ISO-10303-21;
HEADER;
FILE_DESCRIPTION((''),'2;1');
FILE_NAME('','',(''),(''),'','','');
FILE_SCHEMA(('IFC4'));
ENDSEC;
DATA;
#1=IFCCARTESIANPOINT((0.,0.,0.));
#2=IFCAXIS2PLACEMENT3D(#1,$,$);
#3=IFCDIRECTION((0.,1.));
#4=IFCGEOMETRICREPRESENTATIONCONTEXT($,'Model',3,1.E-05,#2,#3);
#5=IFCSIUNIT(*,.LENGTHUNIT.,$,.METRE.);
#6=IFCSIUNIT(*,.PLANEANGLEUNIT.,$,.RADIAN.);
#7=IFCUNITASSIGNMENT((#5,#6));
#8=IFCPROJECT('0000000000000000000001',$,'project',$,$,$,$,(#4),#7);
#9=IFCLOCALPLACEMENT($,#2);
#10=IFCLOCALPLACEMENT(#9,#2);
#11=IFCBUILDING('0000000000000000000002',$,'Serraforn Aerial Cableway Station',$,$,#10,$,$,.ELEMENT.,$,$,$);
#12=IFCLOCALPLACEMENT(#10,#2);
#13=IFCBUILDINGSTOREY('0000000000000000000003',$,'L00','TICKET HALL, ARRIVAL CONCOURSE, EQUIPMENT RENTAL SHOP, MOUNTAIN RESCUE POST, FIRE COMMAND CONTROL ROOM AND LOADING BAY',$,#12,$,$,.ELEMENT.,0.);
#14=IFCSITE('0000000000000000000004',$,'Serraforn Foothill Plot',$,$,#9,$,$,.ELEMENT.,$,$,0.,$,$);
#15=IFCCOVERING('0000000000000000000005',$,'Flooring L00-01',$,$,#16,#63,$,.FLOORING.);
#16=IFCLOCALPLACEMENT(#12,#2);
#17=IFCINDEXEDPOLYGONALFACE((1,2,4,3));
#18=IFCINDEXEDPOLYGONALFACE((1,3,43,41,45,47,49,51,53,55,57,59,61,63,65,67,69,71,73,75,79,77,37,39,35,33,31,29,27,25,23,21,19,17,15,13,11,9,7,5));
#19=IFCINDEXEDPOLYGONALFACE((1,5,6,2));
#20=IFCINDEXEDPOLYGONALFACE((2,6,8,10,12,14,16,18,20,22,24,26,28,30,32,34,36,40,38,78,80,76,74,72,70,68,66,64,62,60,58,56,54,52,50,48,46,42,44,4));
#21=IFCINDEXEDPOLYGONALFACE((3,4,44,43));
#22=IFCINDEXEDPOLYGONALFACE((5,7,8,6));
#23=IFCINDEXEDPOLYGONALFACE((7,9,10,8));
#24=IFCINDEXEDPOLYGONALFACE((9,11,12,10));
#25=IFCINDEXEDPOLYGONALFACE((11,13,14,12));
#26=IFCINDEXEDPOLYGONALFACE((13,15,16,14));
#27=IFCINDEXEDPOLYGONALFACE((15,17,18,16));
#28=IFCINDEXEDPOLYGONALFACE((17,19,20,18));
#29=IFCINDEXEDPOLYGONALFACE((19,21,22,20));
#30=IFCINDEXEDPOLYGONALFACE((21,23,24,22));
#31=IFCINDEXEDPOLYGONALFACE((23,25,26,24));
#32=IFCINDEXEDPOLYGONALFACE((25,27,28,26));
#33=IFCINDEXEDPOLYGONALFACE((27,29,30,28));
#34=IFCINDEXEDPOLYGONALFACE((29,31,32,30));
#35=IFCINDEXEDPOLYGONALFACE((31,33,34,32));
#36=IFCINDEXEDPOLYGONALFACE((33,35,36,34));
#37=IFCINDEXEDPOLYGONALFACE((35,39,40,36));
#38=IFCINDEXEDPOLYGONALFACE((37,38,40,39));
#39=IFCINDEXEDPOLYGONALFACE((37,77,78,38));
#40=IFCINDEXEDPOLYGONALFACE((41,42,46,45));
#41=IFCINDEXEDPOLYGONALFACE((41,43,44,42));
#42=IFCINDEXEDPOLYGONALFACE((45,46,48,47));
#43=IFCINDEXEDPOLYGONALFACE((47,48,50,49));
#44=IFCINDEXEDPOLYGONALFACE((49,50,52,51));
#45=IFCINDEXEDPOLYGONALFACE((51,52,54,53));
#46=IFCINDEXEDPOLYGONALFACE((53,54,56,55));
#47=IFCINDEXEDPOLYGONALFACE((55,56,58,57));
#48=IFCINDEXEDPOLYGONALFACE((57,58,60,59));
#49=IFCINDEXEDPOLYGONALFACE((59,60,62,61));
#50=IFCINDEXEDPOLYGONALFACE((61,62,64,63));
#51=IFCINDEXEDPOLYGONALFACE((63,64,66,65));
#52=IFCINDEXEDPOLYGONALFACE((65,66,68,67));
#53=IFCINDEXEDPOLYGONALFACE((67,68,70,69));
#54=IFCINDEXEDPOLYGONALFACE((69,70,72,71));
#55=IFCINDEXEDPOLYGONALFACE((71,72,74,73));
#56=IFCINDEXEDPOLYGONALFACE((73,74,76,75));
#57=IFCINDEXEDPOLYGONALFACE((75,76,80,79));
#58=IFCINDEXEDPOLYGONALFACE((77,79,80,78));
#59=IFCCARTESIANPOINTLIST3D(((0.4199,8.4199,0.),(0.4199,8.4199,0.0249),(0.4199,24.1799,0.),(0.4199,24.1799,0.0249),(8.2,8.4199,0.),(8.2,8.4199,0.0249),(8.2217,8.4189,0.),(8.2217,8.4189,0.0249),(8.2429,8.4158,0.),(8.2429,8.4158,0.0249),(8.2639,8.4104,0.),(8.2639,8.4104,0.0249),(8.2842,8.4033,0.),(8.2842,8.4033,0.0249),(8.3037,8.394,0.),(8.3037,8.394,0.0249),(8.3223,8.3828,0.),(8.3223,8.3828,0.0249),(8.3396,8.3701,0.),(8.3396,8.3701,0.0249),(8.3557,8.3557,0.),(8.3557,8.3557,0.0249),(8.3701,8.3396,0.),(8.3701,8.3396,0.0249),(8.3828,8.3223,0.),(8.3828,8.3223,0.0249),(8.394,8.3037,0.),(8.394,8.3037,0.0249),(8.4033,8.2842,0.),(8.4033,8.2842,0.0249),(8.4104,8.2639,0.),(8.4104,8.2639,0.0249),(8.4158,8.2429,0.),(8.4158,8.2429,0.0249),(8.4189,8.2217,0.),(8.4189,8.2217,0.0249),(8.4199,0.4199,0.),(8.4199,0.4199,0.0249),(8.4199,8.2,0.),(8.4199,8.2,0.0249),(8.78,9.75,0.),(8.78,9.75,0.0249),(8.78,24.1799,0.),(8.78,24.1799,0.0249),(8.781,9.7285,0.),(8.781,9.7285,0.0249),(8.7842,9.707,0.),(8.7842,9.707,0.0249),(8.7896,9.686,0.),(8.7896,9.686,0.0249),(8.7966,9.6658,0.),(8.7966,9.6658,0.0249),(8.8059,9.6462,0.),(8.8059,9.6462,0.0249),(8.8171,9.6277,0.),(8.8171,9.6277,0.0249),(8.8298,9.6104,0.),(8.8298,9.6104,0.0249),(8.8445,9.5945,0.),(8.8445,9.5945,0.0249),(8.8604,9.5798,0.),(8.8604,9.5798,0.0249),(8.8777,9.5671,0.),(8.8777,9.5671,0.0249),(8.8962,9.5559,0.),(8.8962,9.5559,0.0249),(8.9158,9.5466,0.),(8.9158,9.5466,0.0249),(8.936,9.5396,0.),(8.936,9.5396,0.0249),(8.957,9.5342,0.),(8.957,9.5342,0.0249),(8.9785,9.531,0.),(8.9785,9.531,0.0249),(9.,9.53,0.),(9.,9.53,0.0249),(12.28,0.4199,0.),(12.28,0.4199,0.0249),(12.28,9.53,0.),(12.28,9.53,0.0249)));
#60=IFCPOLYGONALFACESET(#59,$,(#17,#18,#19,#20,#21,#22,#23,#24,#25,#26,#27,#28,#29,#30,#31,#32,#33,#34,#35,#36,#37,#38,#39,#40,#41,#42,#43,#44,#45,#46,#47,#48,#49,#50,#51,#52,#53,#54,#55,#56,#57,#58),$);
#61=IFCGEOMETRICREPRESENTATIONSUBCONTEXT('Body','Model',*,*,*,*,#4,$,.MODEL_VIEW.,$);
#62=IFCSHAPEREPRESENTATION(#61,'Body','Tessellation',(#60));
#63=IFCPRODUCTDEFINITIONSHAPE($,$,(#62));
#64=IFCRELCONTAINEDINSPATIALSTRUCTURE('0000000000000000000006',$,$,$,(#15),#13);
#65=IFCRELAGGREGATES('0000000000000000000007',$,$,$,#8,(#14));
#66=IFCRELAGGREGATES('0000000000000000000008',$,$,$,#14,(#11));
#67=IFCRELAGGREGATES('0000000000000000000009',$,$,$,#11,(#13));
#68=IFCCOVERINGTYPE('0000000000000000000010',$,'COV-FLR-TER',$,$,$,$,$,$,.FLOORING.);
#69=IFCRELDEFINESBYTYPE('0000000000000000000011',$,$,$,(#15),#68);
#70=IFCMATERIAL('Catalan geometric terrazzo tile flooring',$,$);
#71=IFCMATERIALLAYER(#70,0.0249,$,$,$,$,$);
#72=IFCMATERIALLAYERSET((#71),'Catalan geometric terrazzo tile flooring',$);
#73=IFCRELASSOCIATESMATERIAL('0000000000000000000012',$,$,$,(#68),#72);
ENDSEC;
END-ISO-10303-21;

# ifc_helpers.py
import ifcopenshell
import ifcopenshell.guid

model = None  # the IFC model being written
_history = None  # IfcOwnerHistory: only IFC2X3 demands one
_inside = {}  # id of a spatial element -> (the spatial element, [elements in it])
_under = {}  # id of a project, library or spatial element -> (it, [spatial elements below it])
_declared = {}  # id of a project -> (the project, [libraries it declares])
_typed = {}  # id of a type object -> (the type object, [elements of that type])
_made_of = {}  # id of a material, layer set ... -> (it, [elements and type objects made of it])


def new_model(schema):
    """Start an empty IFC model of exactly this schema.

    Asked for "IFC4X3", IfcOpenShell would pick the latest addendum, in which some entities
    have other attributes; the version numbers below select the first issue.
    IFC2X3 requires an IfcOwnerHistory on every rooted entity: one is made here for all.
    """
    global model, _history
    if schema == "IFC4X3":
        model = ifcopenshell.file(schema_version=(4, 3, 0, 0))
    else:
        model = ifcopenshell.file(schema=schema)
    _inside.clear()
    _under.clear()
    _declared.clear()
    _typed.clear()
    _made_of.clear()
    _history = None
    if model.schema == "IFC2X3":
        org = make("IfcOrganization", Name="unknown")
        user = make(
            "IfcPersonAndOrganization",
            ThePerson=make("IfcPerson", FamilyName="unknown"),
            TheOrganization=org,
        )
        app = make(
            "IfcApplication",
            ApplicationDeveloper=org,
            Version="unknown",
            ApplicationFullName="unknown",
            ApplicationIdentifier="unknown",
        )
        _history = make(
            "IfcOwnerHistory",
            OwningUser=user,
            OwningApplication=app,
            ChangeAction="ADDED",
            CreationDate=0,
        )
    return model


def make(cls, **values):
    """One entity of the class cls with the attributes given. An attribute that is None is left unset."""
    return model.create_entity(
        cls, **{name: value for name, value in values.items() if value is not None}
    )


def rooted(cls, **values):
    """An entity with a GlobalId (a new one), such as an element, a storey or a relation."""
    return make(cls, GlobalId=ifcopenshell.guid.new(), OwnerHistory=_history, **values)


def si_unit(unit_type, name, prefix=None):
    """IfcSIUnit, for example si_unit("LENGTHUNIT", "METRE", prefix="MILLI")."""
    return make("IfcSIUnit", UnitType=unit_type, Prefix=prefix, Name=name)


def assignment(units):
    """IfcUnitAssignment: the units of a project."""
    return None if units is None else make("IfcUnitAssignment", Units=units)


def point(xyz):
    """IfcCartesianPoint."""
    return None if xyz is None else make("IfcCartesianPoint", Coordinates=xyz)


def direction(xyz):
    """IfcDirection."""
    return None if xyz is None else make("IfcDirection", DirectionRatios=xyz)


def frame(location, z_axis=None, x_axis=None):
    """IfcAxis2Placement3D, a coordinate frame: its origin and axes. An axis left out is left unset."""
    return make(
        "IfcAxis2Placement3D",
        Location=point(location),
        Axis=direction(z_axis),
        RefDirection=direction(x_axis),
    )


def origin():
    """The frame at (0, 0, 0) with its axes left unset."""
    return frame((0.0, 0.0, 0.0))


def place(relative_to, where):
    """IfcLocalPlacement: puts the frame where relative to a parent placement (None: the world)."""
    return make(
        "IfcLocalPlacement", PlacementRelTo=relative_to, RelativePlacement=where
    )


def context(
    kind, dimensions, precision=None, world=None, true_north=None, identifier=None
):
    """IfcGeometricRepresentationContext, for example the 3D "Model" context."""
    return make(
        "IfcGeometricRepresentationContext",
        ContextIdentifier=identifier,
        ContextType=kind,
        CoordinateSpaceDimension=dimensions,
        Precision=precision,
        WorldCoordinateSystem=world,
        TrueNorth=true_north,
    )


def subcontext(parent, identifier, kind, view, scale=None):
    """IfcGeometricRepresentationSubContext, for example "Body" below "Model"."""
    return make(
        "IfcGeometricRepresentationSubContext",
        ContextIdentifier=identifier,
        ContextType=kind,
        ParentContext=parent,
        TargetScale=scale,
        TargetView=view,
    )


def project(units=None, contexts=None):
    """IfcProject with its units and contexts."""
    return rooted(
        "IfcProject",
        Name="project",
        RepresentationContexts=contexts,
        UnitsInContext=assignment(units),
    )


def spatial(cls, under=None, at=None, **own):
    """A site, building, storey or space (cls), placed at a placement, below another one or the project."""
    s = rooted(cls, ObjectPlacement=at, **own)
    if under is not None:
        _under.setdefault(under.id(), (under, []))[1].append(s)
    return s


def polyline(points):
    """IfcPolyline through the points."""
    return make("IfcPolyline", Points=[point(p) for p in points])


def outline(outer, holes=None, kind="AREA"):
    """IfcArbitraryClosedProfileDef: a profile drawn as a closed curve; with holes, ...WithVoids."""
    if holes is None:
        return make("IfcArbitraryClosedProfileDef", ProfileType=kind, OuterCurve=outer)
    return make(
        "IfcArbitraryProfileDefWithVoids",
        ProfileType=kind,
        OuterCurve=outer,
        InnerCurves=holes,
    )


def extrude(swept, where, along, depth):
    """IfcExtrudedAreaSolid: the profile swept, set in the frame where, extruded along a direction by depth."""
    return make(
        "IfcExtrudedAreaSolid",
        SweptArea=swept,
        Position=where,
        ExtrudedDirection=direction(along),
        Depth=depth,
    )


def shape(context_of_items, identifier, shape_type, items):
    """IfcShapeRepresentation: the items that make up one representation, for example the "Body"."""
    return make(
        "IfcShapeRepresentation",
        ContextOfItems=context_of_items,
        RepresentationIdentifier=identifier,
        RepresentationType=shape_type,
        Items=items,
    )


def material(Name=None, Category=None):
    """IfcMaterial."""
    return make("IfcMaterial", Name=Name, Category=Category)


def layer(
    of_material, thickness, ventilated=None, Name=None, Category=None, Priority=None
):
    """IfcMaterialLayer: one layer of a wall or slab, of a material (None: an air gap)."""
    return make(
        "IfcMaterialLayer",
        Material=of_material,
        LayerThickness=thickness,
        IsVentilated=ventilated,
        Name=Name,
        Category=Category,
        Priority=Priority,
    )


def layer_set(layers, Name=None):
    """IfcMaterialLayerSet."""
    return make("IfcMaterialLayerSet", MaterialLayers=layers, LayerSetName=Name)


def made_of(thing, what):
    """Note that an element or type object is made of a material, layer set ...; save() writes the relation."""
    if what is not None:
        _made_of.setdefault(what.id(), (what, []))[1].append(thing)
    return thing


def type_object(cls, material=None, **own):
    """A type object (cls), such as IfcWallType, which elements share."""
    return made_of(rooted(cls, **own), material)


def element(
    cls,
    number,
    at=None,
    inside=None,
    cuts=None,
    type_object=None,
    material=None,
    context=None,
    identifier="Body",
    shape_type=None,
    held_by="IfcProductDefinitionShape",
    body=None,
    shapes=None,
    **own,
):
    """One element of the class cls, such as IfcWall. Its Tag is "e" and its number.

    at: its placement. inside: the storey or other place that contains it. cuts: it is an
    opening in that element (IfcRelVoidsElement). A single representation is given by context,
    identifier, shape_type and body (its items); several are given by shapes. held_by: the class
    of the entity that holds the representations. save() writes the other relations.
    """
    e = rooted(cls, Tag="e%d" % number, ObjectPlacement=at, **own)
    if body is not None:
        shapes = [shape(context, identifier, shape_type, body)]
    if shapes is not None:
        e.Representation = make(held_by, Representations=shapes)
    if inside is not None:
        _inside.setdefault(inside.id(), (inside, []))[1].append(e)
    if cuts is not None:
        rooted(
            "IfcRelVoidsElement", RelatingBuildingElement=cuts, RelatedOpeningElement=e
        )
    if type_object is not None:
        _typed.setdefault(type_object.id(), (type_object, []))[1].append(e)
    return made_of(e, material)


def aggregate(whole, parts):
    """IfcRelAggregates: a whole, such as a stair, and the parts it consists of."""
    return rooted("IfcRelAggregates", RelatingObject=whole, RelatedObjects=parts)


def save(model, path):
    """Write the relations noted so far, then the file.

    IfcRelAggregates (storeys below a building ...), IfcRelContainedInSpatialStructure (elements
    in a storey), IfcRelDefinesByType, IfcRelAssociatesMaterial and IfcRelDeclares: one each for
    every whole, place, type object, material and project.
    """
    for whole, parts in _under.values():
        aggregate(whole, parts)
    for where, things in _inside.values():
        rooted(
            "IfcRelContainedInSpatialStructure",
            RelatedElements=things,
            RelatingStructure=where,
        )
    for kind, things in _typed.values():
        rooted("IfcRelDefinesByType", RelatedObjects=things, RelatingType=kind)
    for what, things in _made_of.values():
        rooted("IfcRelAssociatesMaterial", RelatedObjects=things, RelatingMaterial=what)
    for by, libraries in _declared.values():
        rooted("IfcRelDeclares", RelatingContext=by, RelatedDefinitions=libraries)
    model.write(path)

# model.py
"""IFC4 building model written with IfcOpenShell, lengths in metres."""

from ifc_helpers import new_model, si_unit, direction, origin, place, context, subcontext, project, spatial, polyline, outline, extrude, material, layer, layer_set, type_object, element, save


model = new_model("IFC4")

# Units and contexts
model_context = context("Model", 3, precision=1e-05, world=origin(), true_north=direction((0.0, 1.0)))
body_context = subcontext(model_context, "Body", "Model", "MODEL_VIEW")
ifc_project = project(units=[si_unit("LENGTHUNIT", "METRE"), si_unit("PLANEANGLEUNIT", "RADIAN")], contexts=[model_context])

# Site, building, storey
site_placement = place(None, origin())
site = spatial("IfcSite", under=ifc_project, at=site_placement, Name="Serraforn Foothill Plot", CompositionType="ELEMENT", RefElevation=0.0)
building_placement = place(site_placement, origin())
building = spatial("IfcBuilding", under=site, at=building_placement, Name="Serraforn Aerial Cableway Station", CompositionType="ELEMENT")
storey_placement = place(building_placement, origin())
storey = spatial("IfcBuildingStorey", under=building, at=storey_placement, Name="L00", Description="TICKET HALL, ARRIVAL CONCOURSE, EQUIPMENT RENTAL SHOP, MOUNTAIN RESCUE POST, FIRE COMMAND CONTROL ROOM AND LOADING BAY", CompositionType="ELEMENT", Elevation=0.0)

# Covering
ifc_material_1 = material(Name="Catalan geometric terrazzo tile flooring")
ifc_layer_1 = layer(ifc_material_1, 0.0249)
ifc_layer_set_1 = layer_set([ifc_layer_1], Name="Catalan geometric terrazzo tile flooring")
covering_type_1 = type_object("IfcCoveringType", Name="COV-FLR-TER", PredefinedType="FLOORING", material=ifc_layer_set_1)
covering_1_placement = place(storey_placement, origin())
element("IfcCovering", 1, at=covering_1_placement, inside=storey, type_object=covering_type_1, Name="Flooring L00-01", PredefinedType="FLOORING", context=body_context, shape_type="SweptSolid", body=[
    extrude(outline(polyline([(12.28, 0.4199), (8.4199, 0.4199), (8.4199, 8.2), (8.4189, 8.2217), (8.4158, 8.2429), (8.4104, 8.2639), (8.4033, 8.2842), (8.394, 8.3037), (8.3828, 8.3223), (8.3701, 8.3396), (8.3557, 8.3557), (8.3396, 8.3701), (8.3223, 8.3828), (8.3037, 8.394), (8.2842, 8.4033), (8.2639, 8.4104), (8.2429, 8.4158), (8.2217, 8.4189), (8.2, 8.4199), (0.4199, 8.4199), (0.4199, 24.1799), (8.78, 24.1799), (8.78, 9.75), (8.781, 9.7285), (8.7842, 9.707), (8.7896, 9.686), (8.7966, 9.6658), (8.8059, 9.6462), (8.8171, 9.6277), (8.8298, 9.6104), (8.8445, 9.5945), (8.8604, 9.5798), (8.8777, 9.5671), (8.8962, 9.5559), (8.9158, 9.5466), (8.936, 9.5396), (8.957, 9.5342), (8.9785, 9.531), (9.0, 9.53), (12.28, 9.53), (12.28, 0.4199)])), origin(), (0.0, 0.0, 1.0), 0.0249),
])

save(model, "model.ifc")
